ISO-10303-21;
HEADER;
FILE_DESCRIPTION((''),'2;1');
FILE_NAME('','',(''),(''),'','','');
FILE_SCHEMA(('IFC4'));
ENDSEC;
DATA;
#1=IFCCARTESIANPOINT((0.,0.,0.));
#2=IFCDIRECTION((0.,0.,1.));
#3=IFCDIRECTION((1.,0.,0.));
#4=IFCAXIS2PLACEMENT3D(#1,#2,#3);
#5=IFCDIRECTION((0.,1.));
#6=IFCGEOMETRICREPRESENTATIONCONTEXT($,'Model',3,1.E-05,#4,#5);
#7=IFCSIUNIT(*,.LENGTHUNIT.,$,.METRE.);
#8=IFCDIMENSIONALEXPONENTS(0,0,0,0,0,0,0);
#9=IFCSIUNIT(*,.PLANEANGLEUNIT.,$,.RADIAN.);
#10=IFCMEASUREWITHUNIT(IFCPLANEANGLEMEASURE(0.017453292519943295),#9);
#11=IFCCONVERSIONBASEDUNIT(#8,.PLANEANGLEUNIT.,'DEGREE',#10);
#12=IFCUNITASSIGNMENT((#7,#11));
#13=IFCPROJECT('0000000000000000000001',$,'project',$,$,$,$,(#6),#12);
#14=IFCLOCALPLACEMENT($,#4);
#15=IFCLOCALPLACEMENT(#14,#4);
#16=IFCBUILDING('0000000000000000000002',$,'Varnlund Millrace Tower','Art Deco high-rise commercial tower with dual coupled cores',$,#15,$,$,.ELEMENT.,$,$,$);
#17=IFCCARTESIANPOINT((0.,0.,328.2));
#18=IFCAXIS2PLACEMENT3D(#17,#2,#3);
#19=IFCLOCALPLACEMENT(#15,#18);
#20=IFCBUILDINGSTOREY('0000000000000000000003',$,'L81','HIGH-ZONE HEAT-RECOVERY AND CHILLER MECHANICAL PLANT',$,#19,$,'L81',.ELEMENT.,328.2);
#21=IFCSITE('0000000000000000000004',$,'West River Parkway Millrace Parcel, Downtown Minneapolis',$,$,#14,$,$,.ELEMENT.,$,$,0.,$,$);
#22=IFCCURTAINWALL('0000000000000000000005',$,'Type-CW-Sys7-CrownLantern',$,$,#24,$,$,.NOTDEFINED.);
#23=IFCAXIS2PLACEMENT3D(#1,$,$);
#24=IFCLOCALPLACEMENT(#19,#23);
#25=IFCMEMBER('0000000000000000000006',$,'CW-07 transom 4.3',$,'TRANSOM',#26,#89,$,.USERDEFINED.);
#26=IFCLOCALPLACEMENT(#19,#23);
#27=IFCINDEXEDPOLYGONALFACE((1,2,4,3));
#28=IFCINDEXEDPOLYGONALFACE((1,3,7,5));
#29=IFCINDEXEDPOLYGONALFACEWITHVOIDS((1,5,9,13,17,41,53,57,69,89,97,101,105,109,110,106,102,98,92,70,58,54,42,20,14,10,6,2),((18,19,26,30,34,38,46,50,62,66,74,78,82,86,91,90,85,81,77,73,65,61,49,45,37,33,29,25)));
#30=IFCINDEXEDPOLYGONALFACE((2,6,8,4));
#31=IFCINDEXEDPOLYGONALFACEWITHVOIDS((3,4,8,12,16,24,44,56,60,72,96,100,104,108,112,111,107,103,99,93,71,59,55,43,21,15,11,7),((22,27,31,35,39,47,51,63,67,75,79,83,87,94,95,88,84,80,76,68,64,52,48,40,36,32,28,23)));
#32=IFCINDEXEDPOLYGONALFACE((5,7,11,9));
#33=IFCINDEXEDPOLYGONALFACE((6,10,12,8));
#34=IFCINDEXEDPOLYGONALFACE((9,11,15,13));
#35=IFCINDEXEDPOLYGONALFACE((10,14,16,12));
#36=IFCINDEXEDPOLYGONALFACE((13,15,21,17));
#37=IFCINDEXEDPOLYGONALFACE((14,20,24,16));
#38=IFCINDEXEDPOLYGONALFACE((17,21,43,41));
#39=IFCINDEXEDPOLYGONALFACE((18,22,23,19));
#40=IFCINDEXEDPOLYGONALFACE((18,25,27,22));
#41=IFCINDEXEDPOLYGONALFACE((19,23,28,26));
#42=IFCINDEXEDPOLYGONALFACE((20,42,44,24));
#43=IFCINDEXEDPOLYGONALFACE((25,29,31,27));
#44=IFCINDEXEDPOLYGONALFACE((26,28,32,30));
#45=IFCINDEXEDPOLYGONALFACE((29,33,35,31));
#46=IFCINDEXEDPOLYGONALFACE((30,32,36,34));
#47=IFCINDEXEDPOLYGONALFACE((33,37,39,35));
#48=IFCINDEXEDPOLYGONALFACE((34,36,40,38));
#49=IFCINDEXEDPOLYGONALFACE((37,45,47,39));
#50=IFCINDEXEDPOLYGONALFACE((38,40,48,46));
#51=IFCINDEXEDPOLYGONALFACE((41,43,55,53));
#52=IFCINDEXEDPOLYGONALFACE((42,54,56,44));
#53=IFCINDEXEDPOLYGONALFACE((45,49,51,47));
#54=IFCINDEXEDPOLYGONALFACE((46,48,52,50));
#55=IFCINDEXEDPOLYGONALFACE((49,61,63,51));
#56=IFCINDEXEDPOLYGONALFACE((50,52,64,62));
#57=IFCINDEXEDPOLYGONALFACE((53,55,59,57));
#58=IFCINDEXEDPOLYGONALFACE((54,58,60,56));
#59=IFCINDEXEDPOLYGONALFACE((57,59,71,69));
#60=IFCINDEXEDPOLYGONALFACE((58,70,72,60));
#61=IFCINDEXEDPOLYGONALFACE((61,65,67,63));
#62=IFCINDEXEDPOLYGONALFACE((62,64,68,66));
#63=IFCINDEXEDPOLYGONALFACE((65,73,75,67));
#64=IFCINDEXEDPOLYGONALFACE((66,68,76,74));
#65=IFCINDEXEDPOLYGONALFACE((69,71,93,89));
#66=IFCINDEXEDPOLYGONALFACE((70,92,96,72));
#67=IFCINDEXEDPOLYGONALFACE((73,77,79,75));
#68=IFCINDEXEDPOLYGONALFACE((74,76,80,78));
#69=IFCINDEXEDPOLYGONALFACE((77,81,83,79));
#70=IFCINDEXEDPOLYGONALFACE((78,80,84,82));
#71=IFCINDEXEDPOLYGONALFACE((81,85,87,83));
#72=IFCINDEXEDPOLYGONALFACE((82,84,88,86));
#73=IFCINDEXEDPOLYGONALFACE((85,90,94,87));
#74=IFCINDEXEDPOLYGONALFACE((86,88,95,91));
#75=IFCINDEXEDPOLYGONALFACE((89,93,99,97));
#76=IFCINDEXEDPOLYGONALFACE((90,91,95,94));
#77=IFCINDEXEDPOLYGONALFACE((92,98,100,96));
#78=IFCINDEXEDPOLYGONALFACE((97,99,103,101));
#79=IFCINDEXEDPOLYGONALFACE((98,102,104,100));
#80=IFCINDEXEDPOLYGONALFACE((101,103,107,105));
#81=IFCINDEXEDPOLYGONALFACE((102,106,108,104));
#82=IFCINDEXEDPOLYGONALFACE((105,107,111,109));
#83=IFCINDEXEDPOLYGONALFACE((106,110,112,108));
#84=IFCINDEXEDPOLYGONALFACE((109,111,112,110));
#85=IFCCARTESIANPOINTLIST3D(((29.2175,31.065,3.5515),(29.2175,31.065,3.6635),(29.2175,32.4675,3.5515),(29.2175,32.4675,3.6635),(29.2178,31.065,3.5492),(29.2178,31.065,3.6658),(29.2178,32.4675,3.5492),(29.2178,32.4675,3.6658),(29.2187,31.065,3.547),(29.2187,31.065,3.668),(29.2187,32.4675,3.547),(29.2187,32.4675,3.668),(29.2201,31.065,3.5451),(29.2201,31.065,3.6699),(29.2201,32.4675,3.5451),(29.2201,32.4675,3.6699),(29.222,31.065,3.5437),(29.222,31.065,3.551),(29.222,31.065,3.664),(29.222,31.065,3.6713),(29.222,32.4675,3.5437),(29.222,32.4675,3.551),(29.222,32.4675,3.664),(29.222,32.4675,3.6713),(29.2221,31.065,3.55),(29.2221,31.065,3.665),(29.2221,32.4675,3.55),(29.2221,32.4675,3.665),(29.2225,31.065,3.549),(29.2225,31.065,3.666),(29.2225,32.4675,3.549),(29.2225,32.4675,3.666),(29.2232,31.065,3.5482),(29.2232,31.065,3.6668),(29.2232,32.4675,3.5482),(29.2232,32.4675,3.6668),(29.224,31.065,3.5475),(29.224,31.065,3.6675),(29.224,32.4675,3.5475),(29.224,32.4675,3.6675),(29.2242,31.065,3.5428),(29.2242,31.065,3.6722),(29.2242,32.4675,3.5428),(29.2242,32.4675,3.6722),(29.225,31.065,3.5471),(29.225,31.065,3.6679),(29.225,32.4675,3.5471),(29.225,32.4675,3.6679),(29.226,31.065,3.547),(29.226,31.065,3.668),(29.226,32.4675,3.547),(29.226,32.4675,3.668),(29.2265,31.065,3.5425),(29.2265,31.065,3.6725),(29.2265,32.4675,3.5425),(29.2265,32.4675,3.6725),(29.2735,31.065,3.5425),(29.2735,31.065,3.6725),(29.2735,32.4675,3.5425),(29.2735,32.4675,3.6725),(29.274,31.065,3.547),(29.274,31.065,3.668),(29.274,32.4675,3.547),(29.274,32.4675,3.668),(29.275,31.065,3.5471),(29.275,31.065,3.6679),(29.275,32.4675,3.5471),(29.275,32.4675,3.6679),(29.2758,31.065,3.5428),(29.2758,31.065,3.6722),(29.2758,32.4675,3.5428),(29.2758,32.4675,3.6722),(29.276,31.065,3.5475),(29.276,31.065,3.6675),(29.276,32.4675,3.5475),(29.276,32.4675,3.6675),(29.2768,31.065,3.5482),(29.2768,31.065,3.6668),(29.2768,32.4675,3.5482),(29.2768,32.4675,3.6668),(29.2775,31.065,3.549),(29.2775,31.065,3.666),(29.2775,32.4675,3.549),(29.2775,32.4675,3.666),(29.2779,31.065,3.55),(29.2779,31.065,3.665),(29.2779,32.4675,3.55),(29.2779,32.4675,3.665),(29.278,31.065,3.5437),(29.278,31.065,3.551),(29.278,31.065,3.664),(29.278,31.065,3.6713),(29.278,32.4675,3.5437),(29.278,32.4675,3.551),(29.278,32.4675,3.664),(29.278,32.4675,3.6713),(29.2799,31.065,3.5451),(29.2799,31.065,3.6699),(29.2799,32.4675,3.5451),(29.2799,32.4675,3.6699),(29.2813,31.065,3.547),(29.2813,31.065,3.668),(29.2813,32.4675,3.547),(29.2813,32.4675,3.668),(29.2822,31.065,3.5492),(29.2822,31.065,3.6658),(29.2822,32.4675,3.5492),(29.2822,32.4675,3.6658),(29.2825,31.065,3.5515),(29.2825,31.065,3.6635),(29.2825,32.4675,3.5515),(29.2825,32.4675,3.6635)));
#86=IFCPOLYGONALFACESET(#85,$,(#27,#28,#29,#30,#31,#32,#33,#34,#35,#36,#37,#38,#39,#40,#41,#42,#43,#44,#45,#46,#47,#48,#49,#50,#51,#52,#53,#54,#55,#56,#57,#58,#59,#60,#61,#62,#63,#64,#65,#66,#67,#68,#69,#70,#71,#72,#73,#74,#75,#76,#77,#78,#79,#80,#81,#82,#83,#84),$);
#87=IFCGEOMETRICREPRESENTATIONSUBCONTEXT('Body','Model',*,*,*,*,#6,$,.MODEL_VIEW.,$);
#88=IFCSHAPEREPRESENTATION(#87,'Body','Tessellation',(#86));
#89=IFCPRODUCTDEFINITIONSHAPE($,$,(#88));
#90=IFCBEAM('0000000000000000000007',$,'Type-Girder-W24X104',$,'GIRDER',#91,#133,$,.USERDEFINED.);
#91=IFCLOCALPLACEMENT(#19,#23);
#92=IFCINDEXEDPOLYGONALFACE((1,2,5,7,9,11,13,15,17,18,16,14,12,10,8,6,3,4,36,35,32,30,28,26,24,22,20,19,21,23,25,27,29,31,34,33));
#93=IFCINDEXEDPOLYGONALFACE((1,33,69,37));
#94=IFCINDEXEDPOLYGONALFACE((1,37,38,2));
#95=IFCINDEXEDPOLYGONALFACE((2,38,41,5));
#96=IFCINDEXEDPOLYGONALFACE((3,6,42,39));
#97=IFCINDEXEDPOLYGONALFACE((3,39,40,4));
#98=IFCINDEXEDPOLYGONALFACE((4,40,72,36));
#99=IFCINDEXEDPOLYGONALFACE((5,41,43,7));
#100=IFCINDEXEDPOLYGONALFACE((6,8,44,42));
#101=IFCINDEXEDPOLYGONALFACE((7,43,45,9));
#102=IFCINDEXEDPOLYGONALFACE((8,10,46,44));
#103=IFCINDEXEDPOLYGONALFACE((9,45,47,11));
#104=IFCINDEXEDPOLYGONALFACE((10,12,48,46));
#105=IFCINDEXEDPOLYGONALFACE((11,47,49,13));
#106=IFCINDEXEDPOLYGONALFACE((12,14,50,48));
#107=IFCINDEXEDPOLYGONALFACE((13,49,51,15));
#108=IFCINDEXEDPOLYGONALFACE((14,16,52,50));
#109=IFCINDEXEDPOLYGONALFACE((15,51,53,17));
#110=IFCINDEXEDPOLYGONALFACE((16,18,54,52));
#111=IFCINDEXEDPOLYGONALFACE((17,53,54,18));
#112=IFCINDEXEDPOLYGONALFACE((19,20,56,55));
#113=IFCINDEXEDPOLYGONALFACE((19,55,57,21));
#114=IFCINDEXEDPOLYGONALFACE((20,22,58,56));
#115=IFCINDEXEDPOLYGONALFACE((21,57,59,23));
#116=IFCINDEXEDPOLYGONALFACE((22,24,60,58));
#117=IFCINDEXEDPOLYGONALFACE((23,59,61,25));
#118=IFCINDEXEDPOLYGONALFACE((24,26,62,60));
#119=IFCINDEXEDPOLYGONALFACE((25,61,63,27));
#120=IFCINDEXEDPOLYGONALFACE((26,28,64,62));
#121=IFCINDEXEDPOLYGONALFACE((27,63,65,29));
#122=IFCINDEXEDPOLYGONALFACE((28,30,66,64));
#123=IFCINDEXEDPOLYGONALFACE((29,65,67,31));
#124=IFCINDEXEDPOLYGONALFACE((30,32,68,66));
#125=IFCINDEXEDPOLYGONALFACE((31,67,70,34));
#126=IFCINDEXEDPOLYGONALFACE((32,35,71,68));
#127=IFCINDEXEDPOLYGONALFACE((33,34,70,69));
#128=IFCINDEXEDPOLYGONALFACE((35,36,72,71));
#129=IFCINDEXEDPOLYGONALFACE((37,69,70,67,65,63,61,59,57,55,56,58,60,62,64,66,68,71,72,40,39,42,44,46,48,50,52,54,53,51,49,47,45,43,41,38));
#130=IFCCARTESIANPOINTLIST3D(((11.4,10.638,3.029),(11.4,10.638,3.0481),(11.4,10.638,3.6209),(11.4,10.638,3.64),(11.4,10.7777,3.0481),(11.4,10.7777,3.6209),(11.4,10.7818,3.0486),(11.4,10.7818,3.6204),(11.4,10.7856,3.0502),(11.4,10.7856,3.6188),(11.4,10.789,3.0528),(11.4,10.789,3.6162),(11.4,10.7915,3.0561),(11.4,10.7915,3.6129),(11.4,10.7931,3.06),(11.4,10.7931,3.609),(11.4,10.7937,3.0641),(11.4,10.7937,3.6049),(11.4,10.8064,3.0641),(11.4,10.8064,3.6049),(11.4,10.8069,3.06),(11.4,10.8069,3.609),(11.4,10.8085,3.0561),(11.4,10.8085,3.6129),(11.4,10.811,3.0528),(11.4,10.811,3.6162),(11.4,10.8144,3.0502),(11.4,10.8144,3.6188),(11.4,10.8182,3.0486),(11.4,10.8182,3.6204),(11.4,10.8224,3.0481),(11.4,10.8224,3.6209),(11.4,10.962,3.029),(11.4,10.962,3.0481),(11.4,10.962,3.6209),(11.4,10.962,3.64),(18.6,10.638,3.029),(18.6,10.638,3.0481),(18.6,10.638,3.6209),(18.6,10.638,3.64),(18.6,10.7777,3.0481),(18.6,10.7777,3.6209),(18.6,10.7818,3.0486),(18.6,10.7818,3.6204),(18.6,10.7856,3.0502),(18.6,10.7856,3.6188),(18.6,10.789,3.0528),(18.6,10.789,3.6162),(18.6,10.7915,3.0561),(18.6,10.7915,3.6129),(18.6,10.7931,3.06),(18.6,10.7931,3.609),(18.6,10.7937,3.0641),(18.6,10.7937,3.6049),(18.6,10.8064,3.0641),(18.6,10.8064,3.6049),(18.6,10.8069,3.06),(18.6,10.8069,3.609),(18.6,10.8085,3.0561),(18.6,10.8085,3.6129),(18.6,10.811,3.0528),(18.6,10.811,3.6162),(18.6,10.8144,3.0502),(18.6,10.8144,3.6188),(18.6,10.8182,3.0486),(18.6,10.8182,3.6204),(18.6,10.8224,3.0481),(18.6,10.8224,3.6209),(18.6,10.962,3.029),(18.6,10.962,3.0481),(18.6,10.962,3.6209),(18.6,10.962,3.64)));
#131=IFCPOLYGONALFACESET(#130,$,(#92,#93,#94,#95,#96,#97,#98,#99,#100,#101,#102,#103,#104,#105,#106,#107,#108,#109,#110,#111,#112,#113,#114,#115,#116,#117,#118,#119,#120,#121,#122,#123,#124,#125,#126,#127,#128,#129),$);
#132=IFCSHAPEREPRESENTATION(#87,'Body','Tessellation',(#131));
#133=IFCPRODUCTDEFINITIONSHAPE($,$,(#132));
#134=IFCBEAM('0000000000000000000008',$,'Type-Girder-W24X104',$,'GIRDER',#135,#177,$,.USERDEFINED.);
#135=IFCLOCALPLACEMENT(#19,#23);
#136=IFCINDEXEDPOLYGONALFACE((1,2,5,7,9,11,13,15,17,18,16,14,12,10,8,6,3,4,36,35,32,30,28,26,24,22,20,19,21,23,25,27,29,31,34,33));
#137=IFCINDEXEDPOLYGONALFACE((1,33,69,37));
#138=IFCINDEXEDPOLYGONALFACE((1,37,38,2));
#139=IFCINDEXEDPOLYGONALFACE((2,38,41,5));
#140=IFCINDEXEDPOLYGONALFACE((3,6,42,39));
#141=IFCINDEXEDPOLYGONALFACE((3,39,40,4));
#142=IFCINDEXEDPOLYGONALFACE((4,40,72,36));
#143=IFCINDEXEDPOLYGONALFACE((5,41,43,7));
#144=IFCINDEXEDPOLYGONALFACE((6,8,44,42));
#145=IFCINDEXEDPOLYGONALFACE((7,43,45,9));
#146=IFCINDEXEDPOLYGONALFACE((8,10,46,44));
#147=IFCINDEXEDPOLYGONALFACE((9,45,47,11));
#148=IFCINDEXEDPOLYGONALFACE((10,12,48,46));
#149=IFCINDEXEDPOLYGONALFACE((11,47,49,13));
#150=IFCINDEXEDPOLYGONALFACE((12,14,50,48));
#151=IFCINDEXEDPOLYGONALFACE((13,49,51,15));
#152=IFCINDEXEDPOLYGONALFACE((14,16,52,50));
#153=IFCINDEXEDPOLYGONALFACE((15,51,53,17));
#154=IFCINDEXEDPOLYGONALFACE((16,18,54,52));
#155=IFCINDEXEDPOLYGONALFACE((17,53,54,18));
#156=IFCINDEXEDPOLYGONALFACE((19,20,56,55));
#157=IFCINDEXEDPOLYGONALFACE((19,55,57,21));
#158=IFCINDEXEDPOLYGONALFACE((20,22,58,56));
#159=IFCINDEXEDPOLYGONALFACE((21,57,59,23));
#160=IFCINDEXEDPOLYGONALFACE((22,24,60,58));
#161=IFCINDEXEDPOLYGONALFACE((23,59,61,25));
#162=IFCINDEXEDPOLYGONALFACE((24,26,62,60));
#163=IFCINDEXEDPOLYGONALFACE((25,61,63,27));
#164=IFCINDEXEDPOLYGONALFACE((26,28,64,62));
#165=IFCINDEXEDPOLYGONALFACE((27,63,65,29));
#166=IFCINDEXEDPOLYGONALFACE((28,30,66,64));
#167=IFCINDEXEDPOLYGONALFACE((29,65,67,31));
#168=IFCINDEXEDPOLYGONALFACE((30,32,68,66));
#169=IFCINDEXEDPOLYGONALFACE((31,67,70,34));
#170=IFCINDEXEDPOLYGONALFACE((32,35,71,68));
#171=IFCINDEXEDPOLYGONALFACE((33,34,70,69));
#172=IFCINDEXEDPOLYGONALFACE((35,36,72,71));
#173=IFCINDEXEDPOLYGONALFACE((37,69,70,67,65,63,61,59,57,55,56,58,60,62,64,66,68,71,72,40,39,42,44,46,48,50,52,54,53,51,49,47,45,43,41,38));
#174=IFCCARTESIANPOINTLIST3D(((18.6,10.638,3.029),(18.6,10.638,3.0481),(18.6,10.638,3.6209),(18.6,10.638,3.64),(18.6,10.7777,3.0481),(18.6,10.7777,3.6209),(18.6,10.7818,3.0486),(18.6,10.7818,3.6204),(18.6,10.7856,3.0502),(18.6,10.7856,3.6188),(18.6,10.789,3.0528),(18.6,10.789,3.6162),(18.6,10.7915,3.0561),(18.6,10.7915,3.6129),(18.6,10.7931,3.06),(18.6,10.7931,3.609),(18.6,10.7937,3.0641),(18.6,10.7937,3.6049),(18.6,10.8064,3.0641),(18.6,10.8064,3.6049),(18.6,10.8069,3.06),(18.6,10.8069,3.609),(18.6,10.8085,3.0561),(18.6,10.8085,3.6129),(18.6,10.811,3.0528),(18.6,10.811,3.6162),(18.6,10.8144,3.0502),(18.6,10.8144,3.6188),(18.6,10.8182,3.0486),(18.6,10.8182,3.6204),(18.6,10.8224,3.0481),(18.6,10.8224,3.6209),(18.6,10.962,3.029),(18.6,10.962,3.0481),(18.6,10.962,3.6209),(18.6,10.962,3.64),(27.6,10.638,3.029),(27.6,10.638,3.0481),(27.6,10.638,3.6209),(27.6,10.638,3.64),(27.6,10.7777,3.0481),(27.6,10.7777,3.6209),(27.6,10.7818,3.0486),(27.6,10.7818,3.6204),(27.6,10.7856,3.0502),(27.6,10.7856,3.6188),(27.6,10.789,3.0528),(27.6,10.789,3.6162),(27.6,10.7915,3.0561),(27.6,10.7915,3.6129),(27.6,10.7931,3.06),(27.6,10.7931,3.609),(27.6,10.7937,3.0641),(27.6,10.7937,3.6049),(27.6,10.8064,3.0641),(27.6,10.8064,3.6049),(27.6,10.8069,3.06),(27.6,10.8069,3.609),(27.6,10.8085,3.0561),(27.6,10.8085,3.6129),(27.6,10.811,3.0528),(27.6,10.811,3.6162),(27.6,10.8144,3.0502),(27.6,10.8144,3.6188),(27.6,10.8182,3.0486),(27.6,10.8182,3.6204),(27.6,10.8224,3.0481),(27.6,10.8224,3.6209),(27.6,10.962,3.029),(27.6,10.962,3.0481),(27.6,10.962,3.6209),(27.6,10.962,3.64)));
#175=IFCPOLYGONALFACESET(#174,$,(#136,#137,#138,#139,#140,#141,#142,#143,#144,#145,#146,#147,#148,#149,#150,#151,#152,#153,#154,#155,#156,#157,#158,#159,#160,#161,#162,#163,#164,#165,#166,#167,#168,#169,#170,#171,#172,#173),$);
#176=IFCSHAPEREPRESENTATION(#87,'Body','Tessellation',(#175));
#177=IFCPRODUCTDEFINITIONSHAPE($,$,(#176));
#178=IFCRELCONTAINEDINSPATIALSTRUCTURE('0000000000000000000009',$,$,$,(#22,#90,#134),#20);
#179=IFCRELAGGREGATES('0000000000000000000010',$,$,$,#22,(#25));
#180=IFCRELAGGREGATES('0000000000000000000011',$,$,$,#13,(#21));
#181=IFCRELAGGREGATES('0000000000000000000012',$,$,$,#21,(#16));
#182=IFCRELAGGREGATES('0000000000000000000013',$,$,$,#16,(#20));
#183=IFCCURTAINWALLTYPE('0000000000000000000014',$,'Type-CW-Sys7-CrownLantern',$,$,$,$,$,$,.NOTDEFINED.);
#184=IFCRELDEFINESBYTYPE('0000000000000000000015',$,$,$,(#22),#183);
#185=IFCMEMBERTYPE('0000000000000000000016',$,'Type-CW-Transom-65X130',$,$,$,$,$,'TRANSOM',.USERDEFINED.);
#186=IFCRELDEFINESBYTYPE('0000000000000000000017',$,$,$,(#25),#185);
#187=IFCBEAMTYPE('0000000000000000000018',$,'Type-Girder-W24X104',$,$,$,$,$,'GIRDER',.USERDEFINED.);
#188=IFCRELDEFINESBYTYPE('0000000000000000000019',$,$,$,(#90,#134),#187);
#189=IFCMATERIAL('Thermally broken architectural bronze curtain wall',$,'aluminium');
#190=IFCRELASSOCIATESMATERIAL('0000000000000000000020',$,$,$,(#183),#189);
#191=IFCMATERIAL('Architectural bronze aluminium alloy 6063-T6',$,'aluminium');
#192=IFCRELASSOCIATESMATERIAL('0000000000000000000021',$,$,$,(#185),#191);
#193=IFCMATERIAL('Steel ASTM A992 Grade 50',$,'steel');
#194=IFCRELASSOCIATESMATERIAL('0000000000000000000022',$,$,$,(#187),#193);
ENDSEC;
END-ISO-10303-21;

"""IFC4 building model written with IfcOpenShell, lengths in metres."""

from ifc_helpers import new_model, entity, si_unit, converted_unit, direction, frame, origin_with_axes, origin_2d_with_axis, place, context, subcontext, project, spatial, hollow_rectangle, i_section, extrude, material, material_profile, profile_set, type_object, element, aggregate, save


model = new_model("IFC4")

# Units and contexts
model_context = context("Model", 3, precision=1e-05, world=origin_with_axes(), true_north=direction((0.0, 1.0)))
body_context = subcontext(model_context, "Body", "Model", "MODEL_VIEW")
ifc_project = project(units=[si_unit("LENGTHUNIT", "METRE"), converted_unit("PLANEANGLEUNIT", "DEGREE", entity("IfcPlaneAngleMeasure", 0.017453292519943295), si_unit("PLANEANGLEUNIT", "RADIAN"), dimensions=[0, 0, 0, 0, 0, 0, 0])], contexts=[model_context])

# Site, building, storey
site_placement = place(None, origin_with_axes())
site = spatial("IfcSite", under=ifc_project, at=site_placement, Name="West River Parkway Millrace Parcel, Downtown Minneapolis", CompositionType="ELEMENT", RefElevation=0.0)
building_placement = place(site_placement, origin_with_axes())
building = spatial("IfcBuilding", under=site, at=building_placement, Name="Varnlund Millrace Tower", Description="Art Deco high-rise commercial tower with dual coupled cores", CompositionType="ELEMENT")
storey_placement = place(building_placement, frame((0.0, 0.0, 328.2), z_axis=(0.0, 0.0, 1.0), x_axis=(1.0, 0.0, 0.0)))
storey = spatial("IfcBuildingStorey", under=building, at=storey_placement, Name="L81", Description="HIGH-ZONE HEAT-RECOVERY AND CHILLER MECHANICAL PLANT", LongName="L81", CompositionType="ELEMENT", Elevation=328.2)

# Shared definitions
ifc_material_1 = material(Name="Steel ASTM A992 Grade 50", Category="steel")

# Curtain wall, member
ifc_material_2 = material(Name="Thermally broken architectural bronze curtain wall", Category="aluminium")
curtain_wall_type = type_object("IfcCurtainWallType", Name="Type-CW-Sys7-CrownLantern", PredefinedType="NOTDEFINED", material=ifc_material_2)
curtain_wall_placement = place(storey_placement, frame((29.25, 37.0, 0.0), z_axis=(0.0, 0.0, 1.0), x_axis=(1.0, 0.0, 0.0)))
curtain_wall = element("IfcCurtainWall", 1, at=curtain_wall_placement, inside=storey, type_object=curtain_wall_type, Name="Type-CW-Sys7-CrownLantern", PredefinedType="NOTDEFINED")
ifc_material_3 = material(Name="Architectural bronze aluminium alloy 6063-T6", Category="aluminium")
ifc_material_profile_1 = material_profile(ifc_material_3, hollow_rectangle(XDim=0.065, YDim=0.13, WallThickness=0.0045, InnerFilletRadius=0.004, OuterFilletRadius=0.009, at=origin_2d_with_axis()), Name="Architectural bronze aluminium alloy 6063-T6")
ifc_profile_set_1 = profile_set([ifc_material_profile_1], Name="Architectural bronze aluminium alloy 6063-T6")
member_type = type_object("IfcMemberType", Name="Type-CW-Transom-65X130", ElementType="TRANSOM", PredefinedType="USERDEFINED", material=ifc_profile_set_1)
member_1_placement = place(storey_placement, frame((29.25, 32.4675, 3.6075), z_axis=(0.0, -1.0, 0.0), x_axis=(1.0, 0.0, 0.0)))
member_1 = element("IfcMember", 2, at=member_1_placement, type_object=member_type, Name="CW-07 transom 4.3", ObjectType="TRANSOM", PredefinedType="USERDEFINED", context=body_context, shape_type="SweptSolid", body=[
    extrude(hollow_rectangle(XDim=0.065, YDim=0.13, WallThickness=0.0045, InnerFilletRadius=0.004, OuterFilletRadius=0.009, at=origin_2d_with_axis()), origin_with_axes(), (0.0, 0.0, 1.0), 1.4025),
])

# Beams
ifc_material_profile_2 = material_profile(ifc_material_1, i_section(OverallWidth=0.324, OverallDepth=0.611, WebThickness=0.0127, FlangeThickness=0.0191, FilletRadius=0.016, at=origin_2d_with_axis()), Name="Steel ASTM A992 Grade 50")
ifc_profile_set_2 = profile_set([ifc_material_profile_2], Name="Steel ASTM A992 Grade 50")
beam_type_1 = type_object("IfcBeamType", Name="Type-Girder-W24X104", ElementType="GIRDER", PredefinedType="USERDEFINED", material=ifc_profile_set_2)
beam_1_placement = place(storey_placement, frame((11.4, 10.8, 3.3345), z_axis=(1.0, 0.0, 0.0), x_axis=(0.0, 1.0, 0.0)))
element("IfcBeam", 3, at=beam_1_placement, inside=storey, type_object=beam_type_1, Name="Type-Girder-W24X104", ObjectType="GIRDER", PredefinedType="USERDEFINED", context=body_context, shape_type="SweptSolid", body=[
    extrude(i_section(OverallWidth=0.324, OverallDepth=0.611, WebThickness=0.0127, FlangeThickness=0.0191, FilletRadius=0.016, at=origin_2d_with_axis()), origin_with_axes(), (0.0, 0.0, 1.0), 7.2),
])
for number, where, z_axis, x_axis, name in (
    (4, (18.6, 10.8, 3.3345), (1.0, 0.0, 0.0), (0.0, 1.0, 0.0), "Type-Girder-W24X104"),
):
    element("IfcBeam", number, at=place(storey_placement, frame(where, z_axis=z_axis, x_axis=x_axis)), inside=storey, type_object=beam_type_1, Name=name, ObjectType="GIRDER", PredefinedType="USERDEFINED", context=body_context, shape_type="SweptSolid", body=[
        extrude(i_section(OverallWidth=0.324, OverallDepth=0.611, WebThickness=0.0127, FlangeThickness=0.0191, FilletRadius=0.016, at=origin_2d_with_axis()), origin_with_axes(), (0.0, 0.0, 1.0), 9.0),
    ])

aggregate(curtain_wall, [member_1])

save(model, "model.ifc")
